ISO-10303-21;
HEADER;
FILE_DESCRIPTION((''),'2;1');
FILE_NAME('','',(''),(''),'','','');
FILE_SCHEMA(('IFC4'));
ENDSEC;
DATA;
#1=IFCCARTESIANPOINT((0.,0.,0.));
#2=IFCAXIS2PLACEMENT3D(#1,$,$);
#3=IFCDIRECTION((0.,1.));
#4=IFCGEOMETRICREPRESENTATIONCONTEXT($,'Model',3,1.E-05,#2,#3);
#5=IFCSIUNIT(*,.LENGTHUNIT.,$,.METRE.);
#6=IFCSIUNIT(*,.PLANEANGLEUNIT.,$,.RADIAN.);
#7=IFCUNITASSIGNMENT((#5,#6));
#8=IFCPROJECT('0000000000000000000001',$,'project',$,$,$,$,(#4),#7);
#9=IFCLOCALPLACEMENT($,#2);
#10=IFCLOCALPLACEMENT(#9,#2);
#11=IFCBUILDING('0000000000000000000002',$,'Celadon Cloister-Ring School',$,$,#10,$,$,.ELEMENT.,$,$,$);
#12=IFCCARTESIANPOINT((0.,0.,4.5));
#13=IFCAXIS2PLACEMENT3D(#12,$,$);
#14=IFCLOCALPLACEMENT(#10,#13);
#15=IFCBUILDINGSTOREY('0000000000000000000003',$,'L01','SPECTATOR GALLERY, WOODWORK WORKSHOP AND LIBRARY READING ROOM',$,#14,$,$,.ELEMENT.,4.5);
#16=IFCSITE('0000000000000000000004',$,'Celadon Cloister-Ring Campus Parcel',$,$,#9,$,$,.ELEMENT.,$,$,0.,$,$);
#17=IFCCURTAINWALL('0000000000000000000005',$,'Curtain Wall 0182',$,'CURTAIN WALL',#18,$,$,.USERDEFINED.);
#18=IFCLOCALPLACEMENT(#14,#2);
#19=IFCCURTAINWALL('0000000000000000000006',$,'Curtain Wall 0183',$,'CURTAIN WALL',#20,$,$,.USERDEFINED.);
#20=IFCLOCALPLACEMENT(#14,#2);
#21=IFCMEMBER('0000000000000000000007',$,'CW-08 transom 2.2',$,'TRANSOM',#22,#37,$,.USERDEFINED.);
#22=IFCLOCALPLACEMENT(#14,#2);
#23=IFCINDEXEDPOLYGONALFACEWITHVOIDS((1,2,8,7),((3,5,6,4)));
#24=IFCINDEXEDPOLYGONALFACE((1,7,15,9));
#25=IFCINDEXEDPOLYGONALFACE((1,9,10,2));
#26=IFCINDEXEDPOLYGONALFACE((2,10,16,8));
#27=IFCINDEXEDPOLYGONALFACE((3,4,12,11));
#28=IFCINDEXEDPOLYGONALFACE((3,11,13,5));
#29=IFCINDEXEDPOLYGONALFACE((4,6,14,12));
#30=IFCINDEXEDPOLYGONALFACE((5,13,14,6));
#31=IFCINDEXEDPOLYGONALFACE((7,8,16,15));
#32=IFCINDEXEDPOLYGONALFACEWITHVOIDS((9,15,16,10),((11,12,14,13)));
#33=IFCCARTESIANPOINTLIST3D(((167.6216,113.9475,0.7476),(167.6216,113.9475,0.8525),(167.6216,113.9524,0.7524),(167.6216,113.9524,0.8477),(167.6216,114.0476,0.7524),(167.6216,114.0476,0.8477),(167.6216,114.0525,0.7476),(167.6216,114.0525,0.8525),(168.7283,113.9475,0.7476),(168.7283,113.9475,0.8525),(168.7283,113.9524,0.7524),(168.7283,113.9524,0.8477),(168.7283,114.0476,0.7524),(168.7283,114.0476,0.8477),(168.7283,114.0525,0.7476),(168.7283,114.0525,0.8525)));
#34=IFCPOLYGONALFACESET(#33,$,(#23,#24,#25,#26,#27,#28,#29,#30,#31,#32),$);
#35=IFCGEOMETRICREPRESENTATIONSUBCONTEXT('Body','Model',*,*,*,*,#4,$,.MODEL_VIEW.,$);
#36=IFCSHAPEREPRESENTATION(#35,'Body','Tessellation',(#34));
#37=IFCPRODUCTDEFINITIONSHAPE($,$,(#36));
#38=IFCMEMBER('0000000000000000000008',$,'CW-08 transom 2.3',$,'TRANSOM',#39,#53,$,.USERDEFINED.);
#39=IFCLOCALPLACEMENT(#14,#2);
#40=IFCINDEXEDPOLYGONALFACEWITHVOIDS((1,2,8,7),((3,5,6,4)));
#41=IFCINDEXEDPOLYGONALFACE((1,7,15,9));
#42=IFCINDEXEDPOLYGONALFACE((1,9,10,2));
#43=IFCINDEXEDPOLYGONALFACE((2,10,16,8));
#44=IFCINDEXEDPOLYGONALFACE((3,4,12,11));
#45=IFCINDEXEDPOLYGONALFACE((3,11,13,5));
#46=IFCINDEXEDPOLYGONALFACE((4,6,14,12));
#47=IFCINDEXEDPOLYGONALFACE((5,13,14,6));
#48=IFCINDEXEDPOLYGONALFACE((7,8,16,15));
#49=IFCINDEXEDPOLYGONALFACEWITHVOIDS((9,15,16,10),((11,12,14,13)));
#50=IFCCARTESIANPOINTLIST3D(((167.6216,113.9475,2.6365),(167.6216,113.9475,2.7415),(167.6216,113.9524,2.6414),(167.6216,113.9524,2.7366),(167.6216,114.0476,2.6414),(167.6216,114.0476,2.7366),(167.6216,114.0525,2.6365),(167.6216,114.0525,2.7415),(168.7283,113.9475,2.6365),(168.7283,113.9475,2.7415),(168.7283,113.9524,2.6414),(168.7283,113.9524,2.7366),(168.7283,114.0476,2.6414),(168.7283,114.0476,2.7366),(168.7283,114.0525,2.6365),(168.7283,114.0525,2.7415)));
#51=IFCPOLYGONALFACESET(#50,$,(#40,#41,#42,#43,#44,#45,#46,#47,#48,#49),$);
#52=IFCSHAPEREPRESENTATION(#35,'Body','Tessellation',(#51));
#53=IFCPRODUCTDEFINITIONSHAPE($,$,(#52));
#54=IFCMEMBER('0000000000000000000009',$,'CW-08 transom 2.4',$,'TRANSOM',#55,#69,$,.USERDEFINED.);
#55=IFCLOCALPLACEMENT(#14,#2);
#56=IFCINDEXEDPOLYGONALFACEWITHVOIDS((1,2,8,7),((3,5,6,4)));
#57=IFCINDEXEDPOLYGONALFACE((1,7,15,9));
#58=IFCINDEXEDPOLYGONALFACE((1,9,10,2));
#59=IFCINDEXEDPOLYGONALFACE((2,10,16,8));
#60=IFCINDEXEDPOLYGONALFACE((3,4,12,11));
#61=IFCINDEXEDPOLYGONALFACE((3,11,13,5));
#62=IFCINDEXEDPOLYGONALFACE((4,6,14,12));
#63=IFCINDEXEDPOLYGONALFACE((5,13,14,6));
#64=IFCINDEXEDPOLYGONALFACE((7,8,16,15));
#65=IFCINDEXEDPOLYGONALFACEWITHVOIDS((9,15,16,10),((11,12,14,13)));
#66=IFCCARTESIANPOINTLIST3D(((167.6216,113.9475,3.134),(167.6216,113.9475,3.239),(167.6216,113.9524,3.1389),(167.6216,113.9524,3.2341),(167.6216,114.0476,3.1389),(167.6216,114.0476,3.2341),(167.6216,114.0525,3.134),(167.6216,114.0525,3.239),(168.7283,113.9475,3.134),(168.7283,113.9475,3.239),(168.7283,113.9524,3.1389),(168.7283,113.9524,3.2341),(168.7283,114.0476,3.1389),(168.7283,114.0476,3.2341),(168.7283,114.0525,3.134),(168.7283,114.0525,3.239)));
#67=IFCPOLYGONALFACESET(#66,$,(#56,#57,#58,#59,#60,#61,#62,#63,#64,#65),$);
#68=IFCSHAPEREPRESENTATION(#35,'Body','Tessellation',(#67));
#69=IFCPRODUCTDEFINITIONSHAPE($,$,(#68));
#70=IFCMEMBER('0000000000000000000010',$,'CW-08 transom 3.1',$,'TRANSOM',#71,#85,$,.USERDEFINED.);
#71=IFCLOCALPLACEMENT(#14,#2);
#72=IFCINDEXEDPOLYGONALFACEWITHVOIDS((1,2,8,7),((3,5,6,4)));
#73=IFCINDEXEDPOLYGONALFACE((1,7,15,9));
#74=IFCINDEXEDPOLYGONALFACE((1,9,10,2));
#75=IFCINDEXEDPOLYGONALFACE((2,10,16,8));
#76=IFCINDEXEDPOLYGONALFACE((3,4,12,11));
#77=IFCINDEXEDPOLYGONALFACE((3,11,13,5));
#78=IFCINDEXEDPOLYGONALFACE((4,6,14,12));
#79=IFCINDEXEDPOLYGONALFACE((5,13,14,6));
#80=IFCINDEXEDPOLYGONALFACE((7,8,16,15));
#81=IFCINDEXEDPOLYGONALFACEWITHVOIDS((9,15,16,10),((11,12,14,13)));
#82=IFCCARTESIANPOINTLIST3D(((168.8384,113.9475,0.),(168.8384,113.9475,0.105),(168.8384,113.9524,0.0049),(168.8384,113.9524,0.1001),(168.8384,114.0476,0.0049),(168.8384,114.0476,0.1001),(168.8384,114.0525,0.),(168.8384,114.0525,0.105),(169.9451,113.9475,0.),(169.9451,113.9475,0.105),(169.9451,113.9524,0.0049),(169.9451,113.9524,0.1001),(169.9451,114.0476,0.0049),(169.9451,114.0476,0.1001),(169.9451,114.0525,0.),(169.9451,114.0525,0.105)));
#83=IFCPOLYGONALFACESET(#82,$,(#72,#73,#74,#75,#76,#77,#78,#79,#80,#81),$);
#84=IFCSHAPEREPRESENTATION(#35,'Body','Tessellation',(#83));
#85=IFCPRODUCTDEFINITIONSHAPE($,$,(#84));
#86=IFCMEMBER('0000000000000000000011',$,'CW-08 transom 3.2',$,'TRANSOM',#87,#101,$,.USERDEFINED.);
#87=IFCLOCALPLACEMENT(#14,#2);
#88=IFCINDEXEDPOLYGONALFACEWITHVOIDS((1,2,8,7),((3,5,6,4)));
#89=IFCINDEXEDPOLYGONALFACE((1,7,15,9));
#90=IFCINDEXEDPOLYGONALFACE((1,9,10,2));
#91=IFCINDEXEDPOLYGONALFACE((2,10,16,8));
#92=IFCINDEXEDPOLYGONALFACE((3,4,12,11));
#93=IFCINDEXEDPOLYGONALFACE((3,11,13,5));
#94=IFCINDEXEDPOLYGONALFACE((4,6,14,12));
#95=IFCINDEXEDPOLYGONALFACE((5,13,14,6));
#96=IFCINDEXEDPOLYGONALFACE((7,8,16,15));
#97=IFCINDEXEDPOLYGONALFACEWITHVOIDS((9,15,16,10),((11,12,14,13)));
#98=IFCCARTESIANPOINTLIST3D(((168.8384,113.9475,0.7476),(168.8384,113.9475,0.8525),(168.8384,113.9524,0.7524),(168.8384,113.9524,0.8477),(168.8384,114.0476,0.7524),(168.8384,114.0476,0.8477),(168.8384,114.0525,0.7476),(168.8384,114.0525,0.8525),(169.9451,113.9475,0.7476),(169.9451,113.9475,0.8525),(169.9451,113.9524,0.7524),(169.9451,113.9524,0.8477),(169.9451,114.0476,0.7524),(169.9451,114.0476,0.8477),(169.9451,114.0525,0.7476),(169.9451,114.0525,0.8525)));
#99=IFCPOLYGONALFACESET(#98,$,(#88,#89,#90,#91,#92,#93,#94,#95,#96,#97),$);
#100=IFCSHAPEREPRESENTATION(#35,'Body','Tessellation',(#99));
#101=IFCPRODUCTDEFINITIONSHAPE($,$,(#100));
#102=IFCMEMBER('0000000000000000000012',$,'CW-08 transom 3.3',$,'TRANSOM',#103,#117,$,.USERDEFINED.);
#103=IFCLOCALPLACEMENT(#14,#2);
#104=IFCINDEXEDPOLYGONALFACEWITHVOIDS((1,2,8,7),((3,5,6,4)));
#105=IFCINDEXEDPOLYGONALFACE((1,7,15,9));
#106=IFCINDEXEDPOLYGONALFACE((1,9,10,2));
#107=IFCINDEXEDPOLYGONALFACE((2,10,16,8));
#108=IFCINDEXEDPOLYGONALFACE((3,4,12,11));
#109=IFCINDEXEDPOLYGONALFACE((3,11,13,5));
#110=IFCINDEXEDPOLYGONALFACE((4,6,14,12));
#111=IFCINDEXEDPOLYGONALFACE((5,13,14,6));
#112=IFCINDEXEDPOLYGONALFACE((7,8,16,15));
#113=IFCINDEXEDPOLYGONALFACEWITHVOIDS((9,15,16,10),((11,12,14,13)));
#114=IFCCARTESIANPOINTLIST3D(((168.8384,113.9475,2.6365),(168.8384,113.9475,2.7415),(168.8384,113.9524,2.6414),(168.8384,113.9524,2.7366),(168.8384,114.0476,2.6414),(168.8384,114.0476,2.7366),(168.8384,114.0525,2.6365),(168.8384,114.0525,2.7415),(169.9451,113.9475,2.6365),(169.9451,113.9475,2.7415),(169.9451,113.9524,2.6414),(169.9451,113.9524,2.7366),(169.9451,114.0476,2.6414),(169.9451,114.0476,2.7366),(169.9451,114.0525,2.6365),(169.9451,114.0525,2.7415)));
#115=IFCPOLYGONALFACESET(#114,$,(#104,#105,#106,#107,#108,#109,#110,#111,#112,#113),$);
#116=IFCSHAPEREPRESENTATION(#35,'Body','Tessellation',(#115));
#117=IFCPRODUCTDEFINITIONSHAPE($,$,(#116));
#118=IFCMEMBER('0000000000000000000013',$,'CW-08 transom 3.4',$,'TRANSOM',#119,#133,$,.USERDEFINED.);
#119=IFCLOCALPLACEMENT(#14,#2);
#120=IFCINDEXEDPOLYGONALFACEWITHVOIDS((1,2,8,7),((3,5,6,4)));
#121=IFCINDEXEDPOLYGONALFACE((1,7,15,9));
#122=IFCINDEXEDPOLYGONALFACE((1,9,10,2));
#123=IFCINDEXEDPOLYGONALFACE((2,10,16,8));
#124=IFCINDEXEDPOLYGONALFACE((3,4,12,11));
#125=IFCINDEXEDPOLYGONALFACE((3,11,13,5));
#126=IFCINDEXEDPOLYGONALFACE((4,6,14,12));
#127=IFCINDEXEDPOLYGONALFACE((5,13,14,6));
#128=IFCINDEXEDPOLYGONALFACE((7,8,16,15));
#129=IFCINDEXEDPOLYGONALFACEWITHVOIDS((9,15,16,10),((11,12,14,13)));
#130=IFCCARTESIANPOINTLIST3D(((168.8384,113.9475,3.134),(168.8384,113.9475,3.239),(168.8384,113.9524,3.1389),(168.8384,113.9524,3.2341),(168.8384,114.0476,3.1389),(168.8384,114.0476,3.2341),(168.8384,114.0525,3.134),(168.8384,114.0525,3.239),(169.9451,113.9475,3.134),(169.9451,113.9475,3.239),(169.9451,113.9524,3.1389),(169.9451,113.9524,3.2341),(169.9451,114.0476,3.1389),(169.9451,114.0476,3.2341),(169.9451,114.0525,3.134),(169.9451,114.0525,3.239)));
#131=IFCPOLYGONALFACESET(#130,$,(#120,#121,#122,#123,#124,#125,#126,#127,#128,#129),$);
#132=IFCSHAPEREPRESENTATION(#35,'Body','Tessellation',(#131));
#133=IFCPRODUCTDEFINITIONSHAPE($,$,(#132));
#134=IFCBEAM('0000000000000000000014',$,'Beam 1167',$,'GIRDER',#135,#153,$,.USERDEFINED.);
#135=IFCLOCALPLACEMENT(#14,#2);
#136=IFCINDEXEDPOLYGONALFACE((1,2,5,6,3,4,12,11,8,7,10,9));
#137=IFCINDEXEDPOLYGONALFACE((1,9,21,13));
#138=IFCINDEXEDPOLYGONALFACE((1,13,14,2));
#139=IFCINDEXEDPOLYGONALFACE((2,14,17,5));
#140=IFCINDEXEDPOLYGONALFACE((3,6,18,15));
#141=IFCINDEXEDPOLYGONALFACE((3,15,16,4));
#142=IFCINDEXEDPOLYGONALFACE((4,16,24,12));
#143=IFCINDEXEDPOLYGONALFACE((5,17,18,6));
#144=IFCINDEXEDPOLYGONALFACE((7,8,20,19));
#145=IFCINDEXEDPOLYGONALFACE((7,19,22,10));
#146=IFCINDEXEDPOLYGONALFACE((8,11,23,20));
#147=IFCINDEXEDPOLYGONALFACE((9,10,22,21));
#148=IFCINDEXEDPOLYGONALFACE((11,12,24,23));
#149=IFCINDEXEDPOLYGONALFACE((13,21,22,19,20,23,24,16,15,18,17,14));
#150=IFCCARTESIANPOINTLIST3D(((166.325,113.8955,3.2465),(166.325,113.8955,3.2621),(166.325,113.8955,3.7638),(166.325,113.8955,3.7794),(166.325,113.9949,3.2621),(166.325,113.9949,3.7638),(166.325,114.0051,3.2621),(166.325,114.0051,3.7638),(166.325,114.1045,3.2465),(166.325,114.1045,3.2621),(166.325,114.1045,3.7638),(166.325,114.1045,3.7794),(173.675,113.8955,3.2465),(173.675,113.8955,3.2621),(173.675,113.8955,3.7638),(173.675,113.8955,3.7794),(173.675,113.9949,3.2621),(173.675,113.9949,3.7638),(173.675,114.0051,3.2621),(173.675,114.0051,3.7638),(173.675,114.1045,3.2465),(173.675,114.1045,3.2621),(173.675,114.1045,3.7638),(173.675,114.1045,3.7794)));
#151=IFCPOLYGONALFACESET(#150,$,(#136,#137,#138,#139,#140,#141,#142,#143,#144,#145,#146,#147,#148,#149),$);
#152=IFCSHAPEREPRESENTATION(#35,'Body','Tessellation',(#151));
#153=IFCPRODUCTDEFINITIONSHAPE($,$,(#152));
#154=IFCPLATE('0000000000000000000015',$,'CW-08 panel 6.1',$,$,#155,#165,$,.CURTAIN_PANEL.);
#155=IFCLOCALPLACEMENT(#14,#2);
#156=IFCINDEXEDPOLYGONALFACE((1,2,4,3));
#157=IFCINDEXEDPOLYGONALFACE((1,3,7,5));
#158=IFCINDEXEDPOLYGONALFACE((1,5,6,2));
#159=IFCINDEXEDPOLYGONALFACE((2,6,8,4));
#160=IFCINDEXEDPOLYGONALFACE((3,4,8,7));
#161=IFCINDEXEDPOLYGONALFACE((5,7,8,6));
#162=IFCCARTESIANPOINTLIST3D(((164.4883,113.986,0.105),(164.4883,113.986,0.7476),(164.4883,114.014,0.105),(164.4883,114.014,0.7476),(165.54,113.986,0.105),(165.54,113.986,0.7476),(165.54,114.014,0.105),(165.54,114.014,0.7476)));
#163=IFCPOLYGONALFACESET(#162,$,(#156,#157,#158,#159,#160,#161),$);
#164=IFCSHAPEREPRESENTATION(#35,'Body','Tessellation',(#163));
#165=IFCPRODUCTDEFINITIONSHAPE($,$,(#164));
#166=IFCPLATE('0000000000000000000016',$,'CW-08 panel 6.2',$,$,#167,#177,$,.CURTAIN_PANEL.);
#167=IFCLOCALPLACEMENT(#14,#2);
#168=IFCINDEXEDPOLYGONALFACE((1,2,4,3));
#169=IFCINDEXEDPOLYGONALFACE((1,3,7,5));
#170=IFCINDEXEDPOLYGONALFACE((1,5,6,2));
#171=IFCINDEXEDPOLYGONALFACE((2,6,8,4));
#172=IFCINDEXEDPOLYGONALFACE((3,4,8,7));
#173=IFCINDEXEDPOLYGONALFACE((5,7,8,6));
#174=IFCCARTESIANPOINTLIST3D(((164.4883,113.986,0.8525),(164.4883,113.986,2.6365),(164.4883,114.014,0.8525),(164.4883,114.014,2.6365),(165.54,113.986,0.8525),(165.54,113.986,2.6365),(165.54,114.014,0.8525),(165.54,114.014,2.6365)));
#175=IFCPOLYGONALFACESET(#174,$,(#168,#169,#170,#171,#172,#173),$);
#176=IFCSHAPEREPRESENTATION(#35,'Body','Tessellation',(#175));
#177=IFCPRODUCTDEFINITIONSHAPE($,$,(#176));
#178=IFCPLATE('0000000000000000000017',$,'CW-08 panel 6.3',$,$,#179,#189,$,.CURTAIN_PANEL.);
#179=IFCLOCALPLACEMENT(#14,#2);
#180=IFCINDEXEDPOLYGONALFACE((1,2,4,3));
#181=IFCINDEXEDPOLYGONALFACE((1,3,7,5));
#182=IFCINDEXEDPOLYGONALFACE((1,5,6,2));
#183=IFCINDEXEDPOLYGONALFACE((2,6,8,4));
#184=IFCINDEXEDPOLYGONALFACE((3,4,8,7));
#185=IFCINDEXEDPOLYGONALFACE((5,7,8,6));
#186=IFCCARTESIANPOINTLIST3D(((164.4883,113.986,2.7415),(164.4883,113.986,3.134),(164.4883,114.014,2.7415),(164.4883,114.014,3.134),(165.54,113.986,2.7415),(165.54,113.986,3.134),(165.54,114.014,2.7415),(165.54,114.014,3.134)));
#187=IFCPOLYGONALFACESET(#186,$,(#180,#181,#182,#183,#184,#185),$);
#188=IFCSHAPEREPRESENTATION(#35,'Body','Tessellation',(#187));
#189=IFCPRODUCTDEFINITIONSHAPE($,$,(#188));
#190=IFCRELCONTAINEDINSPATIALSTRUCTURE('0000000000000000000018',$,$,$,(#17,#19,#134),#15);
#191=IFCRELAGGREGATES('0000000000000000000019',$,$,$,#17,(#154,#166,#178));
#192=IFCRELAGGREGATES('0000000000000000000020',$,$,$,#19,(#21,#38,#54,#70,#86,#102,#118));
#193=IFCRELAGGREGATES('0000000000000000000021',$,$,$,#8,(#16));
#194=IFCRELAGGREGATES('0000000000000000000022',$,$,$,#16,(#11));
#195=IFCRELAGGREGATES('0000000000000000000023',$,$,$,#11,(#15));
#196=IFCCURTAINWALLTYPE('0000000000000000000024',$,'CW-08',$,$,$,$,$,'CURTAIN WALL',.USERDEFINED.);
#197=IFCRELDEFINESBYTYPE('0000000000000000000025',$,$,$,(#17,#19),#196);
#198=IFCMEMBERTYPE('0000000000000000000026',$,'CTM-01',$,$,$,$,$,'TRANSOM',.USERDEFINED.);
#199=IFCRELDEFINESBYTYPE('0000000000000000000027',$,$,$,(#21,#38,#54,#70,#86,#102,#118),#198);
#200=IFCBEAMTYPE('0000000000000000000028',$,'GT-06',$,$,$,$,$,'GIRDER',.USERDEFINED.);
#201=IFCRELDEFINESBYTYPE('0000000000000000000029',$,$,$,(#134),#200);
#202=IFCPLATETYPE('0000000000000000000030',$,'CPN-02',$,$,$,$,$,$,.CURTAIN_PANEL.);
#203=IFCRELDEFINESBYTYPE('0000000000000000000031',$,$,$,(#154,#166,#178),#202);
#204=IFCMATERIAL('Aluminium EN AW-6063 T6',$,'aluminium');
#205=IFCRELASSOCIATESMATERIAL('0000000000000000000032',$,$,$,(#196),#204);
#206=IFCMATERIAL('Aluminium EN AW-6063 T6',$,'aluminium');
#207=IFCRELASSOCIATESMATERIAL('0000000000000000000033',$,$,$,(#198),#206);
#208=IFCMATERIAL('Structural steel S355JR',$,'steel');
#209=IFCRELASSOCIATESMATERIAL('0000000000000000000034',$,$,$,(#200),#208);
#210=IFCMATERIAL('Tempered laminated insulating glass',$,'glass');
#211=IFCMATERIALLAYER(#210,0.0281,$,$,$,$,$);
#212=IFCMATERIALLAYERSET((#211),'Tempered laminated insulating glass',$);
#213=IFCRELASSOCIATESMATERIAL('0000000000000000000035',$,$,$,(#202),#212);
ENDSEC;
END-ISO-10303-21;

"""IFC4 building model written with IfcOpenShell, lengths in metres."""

from ifc_helpers import new_model, si_unit, direction, frame, origin, origin_2d, place, context, subcontext, project, spatial, rectangle, hollow_rectangle, i_section, extrude, material, layer, layer_set, material_profile, profile_set, type_object, element, aggregate, save


model = new_model("IFC4")

# Units and contexts
model_context = context("Model", 3, precision=1e-05, world=origin(), true_north=direction((0.0, 1.0)))
body_context = subcontext(model_context, "Body", "Model", "MODEL_VIEW")
ifc_project = project(units=[si_unit("LENGTHUNIT", "METRE"), si_unit("PLANEANGLEUNIT", "RADIAN")], contexts=[model_context])

# Site, building, storey
site_placement = place(None, origin())
site = spatial("IfcSite", under=ifc_project, at=site_placement, Name="Celadon Cloister-Ring Campus Parcel", CompositionType="ELEMENT", RefElevation=0.0)
building_placement = place(site_placement, origin())
building = spatial("IfcBuilding", under=site, at=building_placement, Name="Celadon Cloister-Ring School", CompositionType="ELEMENT")
storey_placement = place(building_placement, frame((0.0, 0.0, 4.5)))
storey = spatial("IfcBuildingStorey", under=building, at=storey_placement, Name="L01", Description="SPECTATOR GALLERY, WOODWORK WORKSHOP AND LIBRARY READING ROOM", CompositionType="ELEMENT", Elevation=4.5)

# Curtain wall
ifc_material_1 = material(Name="Aluminium EN AW-6063 T6", Category="aluminium")
curtain_wall_type = type_object("IfcCurtainWallType", Name="CW-08", ElementType="CURTAIN WALL", PredefinedType="USERDEFINED", material=ifc_material_1)
curtain_wall_1_placement = place(storey_placement, origin())
curtain_wall_1 = element("IfcCurtainWall", 1, at=curtain_wall_1_placement, inside=storey, type_object=curtain_wall_type, Name="Curtain Wall 0182", ObjectType="CURTAIN WALL", PredefinedType="USERDEFINED")

# Curtain wall
curtain_wall_2_placement = place(storey_placement, origin())
curtain_wall_2 = element("IfcCurtainWall", 2, at=curtain_wall_2_placement, inside=storey, type_object=curtain_wall_type, Name="Curtain Wall 0183", ObjectType="CURTAIN WALL", PredefinedType="USERDEFINED")

# Members
ifc_material_2 = material(Name="Aluminium EN AW-6063 T6", Category="aluminium")
ifc_material_profile_1 = material_profile(ifc_material_2, hollow_rectangle(XDim=0.105, YDim=0.105, WallThickness=0.0049, at=origin_2d()), Name="RHS105X105X5")
ifc_profile_set_1 = profile_set([ifc_material_profile_1], Name="Aluminium EN AW-6063 T6")
member_type_1 = type_object("IfcMemberType", Name="CTM-01", ElementType="TRANSOM", PredefinedType="USERDEFINED", material=ifc_profile_set_1)
member_1_placement = place(storey_placement, frame((167.6216, 114.0, 0.8), z_axis=(1.0, 0.0, 0.0), x_axis=(0.0, 1.0, 0.0)))
member_1 = element("IfcMember", 3, at=member_1_placement, type_object=member_type_1, Name="CW-08 transom 2.2", ObjectType="TRANSOM", PredefinedType="USERDEFINED", context=body_context, shape_type="SweptSolid", body=[
    extrude(hollow_rectangle(XDim=0.105, YDim=0.105, WallThickness=0.0049, at=origin_2d()), origin(), (0.0, 0.0, 1.0), 1.1067),
])
member_2_placement = place(storey_placement, frame((167.6216, 114.0, 2.689), z_axis=(1.0, 0.0, 0.0), x_axis=(0.0, 1.0, 0.0)))
member_2 = element("IfcMember", 4, at=member_2_placement, type_object=member_type_1, Name="CW-08 transom 2.3", ObjectType="TRANSOM", PredefinedType="USERDEFINED", context=body_context, shape_type="SweptSolid", body=[
    extrude(hollow_rectangle(XDim=0.105, YDim=0.105, WallThickness=0.0049, at=origin_2d()), origin(), (0.0, 0.0, 1.0), 1.1067),
])
member_3_placement = place(storey_placement, frame((167.6216, 114.0, 3.1865), z_axis=(1.0, 0.0, 0.0), x_axis=(0.0, 1.0, 0.0)))
member_3 = element("IfcMember", 5, at=member_3_placement, type_object=member_type_1, Name="CW-08 transom 2.4", ObjectType="TRANSOM", PredefinedType="USERDEFINED", context=body_context, shape_type="SweptSolid", body=[
    extrude(hollow_rectangle(XDim=0.105, YDim=0.105, WallThickness=0.0049, at=origin_2d()), origin(), (0.0, 0.0, 1.0), 1.1067),
])
member_4_placement = place(storey_placement, frame((168.8384, 114.0, 0.0525), z_axis=(1.0, 0.0, 0.0), x_axis=(0.0, 1.0, 0.0)))
member_4 = element("IfcMember", 6, at=member_4_placement, type_object=member_type_1, Name="CW-08 transom 3.1", ObjectType="TRANSOM", PredefinedType="USERDEFINED", context=body_context, shape_type="SweptSolid", body=[
    extrude(hollow_rectangle(XDim=0.105, YDim=0.105, WallThickness=0.0049, at=origin_2d()), origin(), (0.0, 0.0, 1.0), 1.1067),
])
member_5_placement = place(storey_placement, frame((168.8384, 114.0, 0.8), z_axis=(1.0, 0.0, 0.0), x_axis=(0.0, 1.0, 0.0)))
member_5 = element("IfcMember", 7, at=member_5_placement, type_object=member_type_1, Name="CW-08 transom 3.2", ObjectType="TRANSOM", PredefinedType="USERDEFINED", context=body_context, shape_type="SweptSolid", body=[
    extrude(hollow_rectangle(XDim=0.105, YDim=0.105, WallThickness=0.0049, at=origin_2d()), origin(), (0.0, 0.0, 1.0), 1.1067),
])
member_6_placement = place(storey_placement, frame((168.8384, 114.0, 2.689), z_axis=(1.0, 0.0, 0.0), x_axis=(0.0, 1.0, 0.0)))
member_6 = element("IfcMember", 8, at=member_6_placement, type_object=member_type_1, Name="CW-08 transom 3.3", ObjectType="TRANSOM", PredefinedType="USERDEFINED", context=body_context, shape_type="SweptSolid", body=[
    extrude(hollow_rectangle(XDim=0.105, YDim=0.105, WallThickness=0.0049, at=origin_2d()), origin(), (0.0, 0.0, 1.0), 1.1067),
])
member_7_placement = place(storey_placement, frame((168.8384, 114.0, 3.1865), z_axis=(1.0, 0.0, 0.0), x_axis=(0.0, 1.0, 0.0)))
member_7 = element("IfcMember", 9, at=member_7_placement, type_object=member_type_1, Name="CW-08 transom 3.4", ObjectType="TRANSOM", PredefinedType="USERDEFINED", context=body_context, shape_type="SweptSolid", body=[
    extrude(hollow_rectangle(XDim=0.105, YDim=0.105, WallThickness=0.0049, at=origin_2d()), origin(), (0.0, 0.0, 1.0), 1.1067),
])

# Beam
ifc_material_3 = material(Name="Structural steel S355JR", Category="steel")
ifc_material_profile_2 = material_profile(ifc_material_3, i_section(OverallWidth=0.209, OverallDepth=0.533, WebThickness=0.0103, FlangeThickness=0.0156, at=origin_2d()), Name="W530X92")
ifc_profile_set_2 = profile_set([ifc_material_profile_2], Name="Structural steel S355JR")
beam_type = type_object("IfcBeamType", Name="GT-06", ElementType="GIRDER", PredefinedType="USERDEFINED", material=ifc_profile_set_2)
beam_placement = place(storey_placement, frame((166.325, 114.0, 3.5129), z_axis=(1.0, 0.0, 0.0), x_axis=(0.0, 1.0, 0.0)))
element("IfcBeam", 10, at=beam_placement, inside=storey, type_object=beam_type, Name="Beam 1167", ObjectType="GIRDER", PredefinedType="USERDEFINED", context=body_context, shape_type="SweptSolid", body=[
    extrude(i_section(OverallWidth=0.209, OverallDepth=0.533, WebThickness=0.0103, FlangeThickness=0.0156, at=origin_2d()), origin(), (0.0, 0.0, 1.0), 7.3501),
])

# Plates
ifc_material_4 = material(Name="Tempered laminated insulating glass", Category="glass")
ifc_layer = layer(ifc_material_4, 0.0281)
ifc_layer_set = layer_set([ifc_layer], Name="Tempered laminated insulating glass")
plate_type = type_object("IfcPlateType", Name="CPN-02", PredefinedType="CURTAIN_PANEL", material=ifc_layer_set)
plate_1_placement = place(storey_placement, frame((165.0142, 114.0, 0.105), z_axis=(0.0, 0.0, 1.0), x_axis=(1.0, 0.0, 0.0)))
plate_1 = element("IfcPlate", 11, at=plate_1_placement, type_object=plate_type, Name="CW-08 panel 6.1", PredefinedType="CURTAIN_PANEL", context=body_context, shape_type="SweptSolid", body=[
    extrude(rectangle(XDim=1.0518, YDim=0.0281, at=origin_2d()), origin(), (0.0, 0.0, 1.0), 0.6426),
])
plate_2_placement = place(storey_placement, frame((165.0142, 114.0, 0.8525), z_axis=(0.0, 0.0, 1.0), x_axis=(1.0, 0.0, 0.0)))
plate_2 = element("IfcPlate", 12, at=plate_2_placement, type_object=plate_type, Name="CW-08 panel 6.2", PredefinedType="CURTAIN_PANEL", context=body_context, shape_type="SweptSolid", body=[
    extrude(rectangle(XDim=1.0518, YDim=0.0281, at=origin_2d()), origin(), (0.0, 0.0, 1.0), 1.7839),
])
plate_3_placement = place(storey_placement, frame((165.0142, 114.0, 2.7415), z_axis=(0.0, 0.0, 1.0), x_axis=(1.0, 0.0, 0.0)))
plate_3 = element("IfcPlate", 13, at=plate_3_placement, type_object=plate_type, Name="CW-08 panel 6.3", PredefinedType="CURTAIN_PANEL", context=body_context, shape_type="SweptSolid", body=[
    extrude(rectangle(XDim=1.0518, YDim=0.0281, at=origin_2d()), origin(), (0.0, 0.0, 1.0), 0.3926),
])
aggregate(curtain_wall_1, [plate_1, plate_2, plate_3])
aggregate(curtain_wall_2, [member_1, member_2, member_3, member_4, member_5, member_6, member_7])

save(model, "model.ifc")
